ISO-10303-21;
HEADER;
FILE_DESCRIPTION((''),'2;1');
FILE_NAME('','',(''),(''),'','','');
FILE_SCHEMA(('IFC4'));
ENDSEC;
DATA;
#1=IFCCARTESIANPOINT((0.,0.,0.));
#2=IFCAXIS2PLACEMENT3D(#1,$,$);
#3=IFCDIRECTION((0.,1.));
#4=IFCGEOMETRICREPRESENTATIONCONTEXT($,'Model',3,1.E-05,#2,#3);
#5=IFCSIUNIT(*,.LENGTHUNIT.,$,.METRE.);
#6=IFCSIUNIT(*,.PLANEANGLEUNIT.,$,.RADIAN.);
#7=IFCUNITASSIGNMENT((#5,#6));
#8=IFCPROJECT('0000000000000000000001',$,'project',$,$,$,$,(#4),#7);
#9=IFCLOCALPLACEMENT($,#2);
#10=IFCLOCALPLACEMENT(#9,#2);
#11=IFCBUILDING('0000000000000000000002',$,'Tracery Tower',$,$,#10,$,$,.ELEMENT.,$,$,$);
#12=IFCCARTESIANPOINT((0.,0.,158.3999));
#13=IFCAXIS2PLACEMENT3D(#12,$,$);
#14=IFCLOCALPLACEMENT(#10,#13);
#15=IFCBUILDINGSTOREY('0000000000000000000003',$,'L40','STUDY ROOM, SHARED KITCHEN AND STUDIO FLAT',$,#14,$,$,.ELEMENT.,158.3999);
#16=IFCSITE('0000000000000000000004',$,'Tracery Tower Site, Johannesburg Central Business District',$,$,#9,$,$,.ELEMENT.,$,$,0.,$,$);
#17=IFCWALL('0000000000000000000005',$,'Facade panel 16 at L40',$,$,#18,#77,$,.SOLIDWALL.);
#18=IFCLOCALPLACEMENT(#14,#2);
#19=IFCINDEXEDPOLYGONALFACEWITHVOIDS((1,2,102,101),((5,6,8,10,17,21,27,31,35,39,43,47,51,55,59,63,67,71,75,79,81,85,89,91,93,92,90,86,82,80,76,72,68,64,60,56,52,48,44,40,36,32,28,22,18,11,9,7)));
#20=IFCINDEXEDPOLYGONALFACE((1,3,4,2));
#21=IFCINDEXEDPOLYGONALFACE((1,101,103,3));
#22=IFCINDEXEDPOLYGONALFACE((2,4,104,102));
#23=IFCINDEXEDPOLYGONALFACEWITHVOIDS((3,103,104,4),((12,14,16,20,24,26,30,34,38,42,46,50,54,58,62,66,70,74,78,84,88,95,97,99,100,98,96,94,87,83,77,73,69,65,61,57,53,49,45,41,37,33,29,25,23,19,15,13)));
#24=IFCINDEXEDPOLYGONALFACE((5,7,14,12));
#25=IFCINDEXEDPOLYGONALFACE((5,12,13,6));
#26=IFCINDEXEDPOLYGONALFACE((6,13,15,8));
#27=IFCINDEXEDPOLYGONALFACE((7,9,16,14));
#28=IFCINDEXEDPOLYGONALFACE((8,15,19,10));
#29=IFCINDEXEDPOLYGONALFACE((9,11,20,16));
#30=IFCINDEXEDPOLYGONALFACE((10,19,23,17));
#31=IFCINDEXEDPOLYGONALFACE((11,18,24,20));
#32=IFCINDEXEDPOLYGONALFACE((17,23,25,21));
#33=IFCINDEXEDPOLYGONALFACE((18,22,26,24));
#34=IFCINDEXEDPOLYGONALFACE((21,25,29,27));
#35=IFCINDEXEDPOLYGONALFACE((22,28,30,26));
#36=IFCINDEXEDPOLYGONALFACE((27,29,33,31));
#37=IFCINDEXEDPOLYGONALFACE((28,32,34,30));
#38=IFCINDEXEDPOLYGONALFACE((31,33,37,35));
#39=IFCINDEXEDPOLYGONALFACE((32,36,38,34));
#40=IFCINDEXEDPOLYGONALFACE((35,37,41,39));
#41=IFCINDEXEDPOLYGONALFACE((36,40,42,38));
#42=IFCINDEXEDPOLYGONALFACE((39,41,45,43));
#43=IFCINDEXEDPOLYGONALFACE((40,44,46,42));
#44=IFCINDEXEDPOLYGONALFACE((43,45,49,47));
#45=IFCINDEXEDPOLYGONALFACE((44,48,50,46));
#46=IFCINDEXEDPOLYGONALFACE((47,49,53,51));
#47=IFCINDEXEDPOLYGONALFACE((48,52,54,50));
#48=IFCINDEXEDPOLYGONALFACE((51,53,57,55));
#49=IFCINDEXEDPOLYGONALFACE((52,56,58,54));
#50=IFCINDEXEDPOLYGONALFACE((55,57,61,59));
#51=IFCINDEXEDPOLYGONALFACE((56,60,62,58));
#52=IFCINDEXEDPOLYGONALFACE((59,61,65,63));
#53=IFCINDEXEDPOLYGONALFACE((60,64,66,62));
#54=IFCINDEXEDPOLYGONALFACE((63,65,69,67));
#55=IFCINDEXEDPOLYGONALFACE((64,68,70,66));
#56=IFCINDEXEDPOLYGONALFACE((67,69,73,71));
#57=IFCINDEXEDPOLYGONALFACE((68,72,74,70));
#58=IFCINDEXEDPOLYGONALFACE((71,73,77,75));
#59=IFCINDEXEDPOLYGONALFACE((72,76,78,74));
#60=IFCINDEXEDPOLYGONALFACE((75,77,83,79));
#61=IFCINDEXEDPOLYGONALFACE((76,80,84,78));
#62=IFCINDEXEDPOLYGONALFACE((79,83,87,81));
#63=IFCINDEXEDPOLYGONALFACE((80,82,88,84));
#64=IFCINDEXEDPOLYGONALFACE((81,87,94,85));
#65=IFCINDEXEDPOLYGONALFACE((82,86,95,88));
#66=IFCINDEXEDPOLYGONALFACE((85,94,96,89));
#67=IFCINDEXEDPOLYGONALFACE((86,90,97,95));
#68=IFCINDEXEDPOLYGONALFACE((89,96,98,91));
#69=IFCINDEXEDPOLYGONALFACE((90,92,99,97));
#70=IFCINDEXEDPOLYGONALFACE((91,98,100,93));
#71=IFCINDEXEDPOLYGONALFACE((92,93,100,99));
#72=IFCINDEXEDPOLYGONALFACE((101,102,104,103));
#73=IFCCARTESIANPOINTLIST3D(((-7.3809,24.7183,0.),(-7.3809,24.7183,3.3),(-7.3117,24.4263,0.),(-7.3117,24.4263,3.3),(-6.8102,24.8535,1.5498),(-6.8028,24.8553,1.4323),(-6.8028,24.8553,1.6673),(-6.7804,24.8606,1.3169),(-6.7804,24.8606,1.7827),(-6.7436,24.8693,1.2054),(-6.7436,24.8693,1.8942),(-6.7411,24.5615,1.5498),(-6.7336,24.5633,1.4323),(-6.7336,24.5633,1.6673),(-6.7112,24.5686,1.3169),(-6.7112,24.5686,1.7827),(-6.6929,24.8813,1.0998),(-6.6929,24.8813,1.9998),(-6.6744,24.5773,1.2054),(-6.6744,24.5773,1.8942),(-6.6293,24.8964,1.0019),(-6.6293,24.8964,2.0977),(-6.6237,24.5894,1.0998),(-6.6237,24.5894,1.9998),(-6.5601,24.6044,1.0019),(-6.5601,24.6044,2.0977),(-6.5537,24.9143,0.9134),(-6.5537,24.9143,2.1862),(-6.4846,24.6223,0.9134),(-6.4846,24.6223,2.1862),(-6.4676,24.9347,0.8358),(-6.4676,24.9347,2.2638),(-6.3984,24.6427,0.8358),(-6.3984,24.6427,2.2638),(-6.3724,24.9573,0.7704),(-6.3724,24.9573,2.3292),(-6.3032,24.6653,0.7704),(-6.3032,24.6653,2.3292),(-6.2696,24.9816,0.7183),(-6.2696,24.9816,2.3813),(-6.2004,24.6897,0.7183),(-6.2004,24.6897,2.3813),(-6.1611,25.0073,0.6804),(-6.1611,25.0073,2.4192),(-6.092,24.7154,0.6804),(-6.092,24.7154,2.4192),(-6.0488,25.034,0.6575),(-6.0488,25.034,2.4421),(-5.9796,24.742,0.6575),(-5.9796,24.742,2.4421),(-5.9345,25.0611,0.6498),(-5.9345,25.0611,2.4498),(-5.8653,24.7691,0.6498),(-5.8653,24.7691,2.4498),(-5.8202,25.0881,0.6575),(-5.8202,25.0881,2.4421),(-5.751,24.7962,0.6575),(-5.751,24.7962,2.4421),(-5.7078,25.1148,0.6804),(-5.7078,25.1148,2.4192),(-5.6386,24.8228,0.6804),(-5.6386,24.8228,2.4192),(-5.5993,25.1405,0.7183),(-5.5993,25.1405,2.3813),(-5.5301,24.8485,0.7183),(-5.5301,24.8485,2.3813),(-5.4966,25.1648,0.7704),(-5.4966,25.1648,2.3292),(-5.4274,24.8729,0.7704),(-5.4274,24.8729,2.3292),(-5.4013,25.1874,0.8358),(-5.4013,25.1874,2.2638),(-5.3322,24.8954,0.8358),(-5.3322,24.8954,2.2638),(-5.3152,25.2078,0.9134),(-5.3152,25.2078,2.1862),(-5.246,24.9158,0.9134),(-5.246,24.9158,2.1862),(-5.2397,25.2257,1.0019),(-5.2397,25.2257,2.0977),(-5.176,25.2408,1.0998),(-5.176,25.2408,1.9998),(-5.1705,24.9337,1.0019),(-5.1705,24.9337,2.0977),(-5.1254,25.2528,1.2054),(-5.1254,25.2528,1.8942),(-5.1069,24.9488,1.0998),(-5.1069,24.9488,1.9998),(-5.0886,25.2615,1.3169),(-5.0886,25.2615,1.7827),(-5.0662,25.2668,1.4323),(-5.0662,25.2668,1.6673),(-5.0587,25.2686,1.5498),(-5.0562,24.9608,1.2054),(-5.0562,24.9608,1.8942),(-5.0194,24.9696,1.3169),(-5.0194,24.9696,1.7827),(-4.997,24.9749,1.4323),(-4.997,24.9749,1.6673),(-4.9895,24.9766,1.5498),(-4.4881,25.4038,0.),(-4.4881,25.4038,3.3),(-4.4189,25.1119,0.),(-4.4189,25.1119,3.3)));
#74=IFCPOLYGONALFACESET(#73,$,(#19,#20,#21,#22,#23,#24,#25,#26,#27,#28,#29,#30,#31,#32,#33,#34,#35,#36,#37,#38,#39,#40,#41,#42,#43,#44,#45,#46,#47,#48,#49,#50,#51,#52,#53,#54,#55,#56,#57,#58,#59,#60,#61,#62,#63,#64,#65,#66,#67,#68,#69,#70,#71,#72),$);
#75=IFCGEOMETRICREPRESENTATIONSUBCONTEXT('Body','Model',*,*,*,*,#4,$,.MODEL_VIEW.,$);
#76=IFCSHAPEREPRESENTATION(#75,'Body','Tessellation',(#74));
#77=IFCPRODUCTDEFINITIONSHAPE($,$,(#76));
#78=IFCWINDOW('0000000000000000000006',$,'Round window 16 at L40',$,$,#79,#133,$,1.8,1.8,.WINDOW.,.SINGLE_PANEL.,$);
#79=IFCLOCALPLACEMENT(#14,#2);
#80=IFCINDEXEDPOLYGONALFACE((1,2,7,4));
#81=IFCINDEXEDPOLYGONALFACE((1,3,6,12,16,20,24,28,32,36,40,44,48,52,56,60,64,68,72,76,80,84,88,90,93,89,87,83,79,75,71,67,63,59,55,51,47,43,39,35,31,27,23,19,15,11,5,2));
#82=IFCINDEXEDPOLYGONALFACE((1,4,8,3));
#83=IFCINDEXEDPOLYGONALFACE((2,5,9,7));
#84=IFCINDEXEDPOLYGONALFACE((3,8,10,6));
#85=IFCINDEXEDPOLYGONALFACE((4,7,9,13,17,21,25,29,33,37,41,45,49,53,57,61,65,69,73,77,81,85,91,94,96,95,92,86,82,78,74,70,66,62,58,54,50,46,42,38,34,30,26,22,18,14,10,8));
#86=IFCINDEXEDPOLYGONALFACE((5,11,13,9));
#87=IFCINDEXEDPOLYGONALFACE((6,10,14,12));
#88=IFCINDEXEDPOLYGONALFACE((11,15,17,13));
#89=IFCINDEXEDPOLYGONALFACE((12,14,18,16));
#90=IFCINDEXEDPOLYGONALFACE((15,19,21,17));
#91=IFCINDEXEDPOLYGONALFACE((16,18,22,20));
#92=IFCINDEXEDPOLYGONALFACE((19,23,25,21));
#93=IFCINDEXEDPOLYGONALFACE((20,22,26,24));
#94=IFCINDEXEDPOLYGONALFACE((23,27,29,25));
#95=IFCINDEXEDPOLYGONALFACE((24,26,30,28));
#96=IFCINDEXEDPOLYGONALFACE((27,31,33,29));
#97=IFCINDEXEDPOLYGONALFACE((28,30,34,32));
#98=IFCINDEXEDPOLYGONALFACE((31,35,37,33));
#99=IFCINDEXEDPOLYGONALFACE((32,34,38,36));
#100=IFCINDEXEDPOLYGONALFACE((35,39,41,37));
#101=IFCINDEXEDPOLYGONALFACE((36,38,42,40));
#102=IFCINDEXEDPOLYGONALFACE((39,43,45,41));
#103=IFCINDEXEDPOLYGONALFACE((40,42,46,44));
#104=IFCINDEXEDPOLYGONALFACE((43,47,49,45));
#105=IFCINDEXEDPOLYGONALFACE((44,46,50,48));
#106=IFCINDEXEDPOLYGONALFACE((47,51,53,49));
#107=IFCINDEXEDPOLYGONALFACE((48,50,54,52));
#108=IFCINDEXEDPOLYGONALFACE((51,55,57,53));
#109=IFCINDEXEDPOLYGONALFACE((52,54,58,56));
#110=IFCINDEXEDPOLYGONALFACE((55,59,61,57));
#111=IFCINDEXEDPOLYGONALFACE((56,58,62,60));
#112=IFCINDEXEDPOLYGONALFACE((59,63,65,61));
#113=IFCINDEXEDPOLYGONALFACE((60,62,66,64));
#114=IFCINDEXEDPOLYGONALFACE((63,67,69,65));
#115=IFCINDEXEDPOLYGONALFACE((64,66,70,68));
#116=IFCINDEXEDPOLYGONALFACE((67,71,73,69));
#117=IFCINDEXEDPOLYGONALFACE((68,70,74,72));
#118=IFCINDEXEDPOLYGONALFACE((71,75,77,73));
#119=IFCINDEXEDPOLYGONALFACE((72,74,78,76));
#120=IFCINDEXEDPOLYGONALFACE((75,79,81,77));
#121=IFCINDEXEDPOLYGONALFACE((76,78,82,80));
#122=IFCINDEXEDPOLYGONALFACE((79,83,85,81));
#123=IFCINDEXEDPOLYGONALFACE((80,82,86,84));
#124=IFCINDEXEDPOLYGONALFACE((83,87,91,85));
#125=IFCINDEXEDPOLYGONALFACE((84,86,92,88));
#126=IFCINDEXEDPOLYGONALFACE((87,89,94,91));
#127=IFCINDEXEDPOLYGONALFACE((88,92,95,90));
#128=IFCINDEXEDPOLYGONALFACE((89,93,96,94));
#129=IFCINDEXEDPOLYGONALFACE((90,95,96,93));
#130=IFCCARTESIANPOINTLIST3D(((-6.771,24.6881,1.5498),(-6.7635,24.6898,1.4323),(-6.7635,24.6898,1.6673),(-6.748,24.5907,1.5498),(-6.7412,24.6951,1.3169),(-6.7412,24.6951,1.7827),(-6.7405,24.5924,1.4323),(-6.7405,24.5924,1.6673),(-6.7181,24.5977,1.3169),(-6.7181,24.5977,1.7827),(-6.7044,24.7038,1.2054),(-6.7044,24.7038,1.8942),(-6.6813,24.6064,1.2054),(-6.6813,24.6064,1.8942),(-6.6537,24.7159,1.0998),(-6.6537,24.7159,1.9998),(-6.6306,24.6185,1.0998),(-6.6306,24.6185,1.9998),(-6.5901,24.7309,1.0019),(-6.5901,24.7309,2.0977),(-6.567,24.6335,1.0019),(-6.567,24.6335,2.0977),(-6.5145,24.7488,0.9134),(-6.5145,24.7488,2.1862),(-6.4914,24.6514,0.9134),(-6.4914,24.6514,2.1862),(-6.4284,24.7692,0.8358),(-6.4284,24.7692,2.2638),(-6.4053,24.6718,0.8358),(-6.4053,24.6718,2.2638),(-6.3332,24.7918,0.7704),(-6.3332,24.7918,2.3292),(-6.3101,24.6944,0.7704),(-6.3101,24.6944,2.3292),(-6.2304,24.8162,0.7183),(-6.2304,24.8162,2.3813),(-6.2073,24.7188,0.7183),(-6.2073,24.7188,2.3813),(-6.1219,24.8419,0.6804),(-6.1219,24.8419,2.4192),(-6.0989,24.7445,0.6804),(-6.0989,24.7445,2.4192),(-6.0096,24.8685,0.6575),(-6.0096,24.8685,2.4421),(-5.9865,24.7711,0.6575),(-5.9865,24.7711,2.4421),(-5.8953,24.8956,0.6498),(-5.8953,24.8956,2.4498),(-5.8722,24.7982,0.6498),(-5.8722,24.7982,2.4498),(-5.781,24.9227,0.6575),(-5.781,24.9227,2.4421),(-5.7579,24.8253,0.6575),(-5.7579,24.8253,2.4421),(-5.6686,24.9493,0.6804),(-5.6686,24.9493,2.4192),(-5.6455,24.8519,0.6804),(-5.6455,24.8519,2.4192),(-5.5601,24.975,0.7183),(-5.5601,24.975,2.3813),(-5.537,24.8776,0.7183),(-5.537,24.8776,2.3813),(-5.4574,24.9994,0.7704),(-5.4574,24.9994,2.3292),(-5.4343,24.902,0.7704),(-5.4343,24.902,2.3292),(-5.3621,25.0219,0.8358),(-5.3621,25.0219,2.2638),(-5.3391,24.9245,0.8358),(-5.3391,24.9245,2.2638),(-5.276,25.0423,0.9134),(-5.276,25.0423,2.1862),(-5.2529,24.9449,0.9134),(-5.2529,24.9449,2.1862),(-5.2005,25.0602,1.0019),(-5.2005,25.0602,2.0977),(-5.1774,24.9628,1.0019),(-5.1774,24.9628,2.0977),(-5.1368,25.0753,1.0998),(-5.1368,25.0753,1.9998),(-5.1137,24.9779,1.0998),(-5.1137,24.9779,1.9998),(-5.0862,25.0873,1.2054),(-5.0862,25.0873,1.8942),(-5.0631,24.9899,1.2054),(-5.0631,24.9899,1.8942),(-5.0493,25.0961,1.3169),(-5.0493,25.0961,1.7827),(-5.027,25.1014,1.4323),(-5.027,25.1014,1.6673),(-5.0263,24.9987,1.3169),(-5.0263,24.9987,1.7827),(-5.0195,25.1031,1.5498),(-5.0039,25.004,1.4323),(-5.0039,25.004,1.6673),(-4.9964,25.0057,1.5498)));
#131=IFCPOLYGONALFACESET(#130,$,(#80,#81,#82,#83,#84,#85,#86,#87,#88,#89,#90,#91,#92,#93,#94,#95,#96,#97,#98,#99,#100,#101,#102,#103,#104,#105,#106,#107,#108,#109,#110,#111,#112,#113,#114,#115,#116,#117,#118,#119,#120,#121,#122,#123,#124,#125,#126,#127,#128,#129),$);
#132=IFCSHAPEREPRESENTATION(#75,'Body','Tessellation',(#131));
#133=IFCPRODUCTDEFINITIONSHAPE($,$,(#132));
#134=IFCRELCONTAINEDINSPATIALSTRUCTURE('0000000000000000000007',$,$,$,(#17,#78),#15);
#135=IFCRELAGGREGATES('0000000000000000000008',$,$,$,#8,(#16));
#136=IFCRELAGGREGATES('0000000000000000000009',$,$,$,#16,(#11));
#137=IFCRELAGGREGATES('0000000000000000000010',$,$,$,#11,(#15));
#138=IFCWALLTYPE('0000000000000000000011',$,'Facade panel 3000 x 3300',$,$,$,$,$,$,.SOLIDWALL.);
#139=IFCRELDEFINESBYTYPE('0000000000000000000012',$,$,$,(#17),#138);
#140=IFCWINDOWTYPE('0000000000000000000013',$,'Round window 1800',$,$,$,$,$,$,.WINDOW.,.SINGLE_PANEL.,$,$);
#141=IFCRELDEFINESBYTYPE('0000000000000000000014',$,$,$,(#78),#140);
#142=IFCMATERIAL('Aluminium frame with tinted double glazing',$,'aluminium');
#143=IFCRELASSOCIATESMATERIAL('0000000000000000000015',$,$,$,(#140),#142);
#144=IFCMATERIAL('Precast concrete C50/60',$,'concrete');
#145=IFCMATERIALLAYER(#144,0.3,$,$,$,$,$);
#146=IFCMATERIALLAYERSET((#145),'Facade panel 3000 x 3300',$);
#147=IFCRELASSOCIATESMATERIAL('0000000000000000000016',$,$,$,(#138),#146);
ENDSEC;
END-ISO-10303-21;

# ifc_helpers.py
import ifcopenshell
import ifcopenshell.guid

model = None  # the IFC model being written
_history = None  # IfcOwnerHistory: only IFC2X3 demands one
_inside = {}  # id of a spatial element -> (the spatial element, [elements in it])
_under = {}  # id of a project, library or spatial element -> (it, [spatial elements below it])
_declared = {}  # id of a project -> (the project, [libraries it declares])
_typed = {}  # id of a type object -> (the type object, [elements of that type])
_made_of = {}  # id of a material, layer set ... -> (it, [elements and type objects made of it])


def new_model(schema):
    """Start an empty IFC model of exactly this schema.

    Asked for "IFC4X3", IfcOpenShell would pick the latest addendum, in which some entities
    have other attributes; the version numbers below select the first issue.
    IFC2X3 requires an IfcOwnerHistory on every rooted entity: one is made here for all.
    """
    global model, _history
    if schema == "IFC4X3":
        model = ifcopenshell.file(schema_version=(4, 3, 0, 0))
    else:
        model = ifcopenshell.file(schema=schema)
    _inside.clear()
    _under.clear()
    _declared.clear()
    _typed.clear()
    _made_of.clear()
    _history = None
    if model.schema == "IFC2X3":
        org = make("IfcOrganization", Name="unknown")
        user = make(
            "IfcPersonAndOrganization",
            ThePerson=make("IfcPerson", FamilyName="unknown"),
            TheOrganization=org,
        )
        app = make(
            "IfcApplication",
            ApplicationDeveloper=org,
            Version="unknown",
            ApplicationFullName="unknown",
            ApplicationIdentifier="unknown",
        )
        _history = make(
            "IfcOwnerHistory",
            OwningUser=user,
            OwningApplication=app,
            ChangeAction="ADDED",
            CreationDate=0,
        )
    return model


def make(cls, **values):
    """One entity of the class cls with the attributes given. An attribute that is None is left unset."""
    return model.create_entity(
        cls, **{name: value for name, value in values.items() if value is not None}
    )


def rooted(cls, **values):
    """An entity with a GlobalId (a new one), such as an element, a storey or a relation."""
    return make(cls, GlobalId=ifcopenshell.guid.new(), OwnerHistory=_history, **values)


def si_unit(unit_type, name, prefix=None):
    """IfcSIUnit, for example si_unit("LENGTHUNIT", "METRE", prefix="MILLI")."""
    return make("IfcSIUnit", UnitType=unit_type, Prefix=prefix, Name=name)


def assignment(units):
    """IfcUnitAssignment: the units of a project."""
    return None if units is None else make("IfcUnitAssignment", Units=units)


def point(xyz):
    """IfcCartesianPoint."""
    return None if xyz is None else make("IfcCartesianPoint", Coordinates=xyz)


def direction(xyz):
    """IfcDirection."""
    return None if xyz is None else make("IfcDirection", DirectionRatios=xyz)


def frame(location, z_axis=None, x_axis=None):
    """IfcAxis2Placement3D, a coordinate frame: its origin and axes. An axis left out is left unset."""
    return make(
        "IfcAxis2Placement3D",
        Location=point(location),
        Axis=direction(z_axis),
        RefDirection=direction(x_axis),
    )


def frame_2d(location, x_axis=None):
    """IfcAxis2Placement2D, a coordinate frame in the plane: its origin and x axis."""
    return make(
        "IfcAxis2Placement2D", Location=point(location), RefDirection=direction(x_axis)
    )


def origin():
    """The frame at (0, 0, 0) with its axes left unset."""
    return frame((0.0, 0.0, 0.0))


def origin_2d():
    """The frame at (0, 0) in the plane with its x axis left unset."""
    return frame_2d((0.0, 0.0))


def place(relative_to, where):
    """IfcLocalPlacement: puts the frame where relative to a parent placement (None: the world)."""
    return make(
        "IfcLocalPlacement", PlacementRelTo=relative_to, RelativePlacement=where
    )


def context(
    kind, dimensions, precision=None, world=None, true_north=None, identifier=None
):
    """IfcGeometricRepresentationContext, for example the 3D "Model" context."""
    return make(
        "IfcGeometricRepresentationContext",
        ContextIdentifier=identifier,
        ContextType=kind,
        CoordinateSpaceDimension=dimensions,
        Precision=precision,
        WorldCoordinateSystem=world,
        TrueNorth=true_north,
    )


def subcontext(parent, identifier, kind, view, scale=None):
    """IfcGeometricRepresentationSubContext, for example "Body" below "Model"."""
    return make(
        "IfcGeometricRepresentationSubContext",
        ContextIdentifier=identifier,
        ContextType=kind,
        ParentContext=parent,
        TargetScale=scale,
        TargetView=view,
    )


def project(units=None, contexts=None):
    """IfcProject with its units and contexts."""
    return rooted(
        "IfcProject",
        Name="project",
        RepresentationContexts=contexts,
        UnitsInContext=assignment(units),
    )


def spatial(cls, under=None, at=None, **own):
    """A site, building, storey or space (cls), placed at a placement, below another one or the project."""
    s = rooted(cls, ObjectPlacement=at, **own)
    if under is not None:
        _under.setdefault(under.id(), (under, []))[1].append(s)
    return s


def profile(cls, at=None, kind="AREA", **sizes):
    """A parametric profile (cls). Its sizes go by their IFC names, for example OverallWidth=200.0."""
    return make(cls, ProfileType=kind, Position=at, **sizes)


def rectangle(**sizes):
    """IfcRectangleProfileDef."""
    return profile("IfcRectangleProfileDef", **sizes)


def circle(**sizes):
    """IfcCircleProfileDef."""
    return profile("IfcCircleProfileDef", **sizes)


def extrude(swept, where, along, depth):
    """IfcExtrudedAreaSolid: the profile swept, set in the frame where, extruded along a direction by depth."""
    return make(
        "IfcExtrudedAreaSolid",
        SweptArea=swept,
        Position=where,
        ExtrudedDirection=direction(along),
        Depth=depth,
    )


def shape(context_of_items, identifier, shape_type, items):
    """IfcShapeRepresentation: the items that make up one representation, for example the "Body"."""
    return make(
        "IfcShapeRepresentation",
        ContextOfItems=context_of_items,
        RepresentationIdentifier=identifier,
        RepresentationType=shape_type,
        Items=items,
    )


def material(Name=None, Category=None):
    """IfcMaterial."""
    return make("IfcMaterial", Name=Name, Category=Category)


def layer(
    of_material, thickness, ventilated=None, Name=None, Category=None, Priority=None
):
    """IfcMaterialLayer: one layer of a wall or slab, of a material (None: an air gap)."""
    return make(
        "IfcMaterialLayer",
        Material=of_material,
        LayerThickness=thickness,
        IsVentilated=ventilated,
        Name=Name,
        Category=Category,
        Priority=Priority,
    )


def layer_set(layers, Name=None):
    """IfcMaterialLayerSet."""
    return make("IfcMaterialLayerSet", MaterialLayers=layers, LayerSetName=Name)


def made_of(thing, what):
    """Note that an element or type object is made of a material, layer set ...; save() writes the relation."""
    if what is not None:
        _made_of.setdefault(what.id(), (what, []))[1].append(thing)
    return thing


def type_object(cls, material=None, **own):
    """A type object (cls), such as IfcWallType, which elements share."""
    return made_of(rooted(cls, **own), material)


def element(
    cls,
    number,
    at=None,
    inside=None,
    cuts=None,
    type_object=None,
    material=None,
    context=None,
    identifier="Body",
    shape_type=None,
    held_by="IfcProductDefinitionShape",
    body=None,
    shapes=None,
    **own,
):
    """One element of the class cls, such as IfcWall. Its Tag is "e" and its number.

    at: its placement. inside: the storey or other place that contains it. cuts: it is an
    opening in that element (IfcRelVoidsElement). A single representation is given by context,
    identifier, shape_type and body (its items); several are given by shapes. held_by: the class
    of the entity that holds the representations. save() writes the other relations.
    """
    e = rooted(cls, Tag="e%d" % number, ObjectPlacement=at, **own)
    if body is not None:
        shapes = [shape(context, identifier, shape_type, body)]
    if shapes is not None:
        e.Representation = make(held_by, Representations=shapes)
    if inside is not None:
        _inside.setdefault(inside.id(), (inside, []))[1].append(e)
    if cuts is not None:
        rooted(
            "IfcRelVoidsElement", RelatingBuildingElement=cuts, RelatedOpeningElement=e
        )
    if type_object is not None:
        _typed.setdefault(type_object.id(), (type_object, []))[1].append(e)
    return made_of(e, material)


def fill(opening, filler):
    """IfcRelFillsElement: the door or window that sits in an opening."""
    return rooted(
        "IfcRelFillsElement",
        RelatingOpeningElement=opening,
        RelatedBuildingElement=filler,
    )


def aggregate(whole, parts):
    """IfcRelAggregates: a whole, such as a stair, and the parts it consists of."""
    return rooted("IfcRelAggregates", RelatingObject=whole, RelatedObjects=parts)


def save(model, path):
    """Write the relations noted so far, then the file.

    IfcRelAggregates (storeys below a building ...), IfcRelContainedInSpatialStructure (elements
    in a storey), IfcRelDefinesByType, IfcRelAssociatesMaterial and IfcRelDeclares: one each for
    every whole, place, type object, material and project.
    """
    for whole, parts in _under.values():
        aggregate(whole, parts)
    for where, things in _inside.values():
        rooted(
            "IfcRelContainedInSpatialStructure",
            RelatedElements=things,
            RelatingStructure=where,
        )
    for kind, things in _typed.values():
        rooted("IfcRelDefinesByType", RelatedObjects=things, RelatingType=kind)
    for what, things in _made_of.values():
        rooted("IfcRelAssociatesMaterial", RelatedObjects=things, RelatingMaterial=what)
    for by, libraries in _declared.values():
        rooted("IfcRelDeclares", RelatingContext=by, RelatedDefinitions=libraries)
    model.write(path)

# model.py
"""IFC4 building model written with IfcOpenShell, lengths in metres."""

from ifc_helpers import new_model, si_unit, direction, frame, frame_2d, origin, origin_2d, place, context, subcontext, project, spatial, rectangle, circle, extrude, material, layer, layer_set, type_object, element, fill, save


model = new_model("IFC4")

# Units and contexts
model_context = context("Model", 3, precision=1e-05, world=origin(), true_north=direction((0.0, 1.0)))
body_context = subcontext(model_context, "Body", "Model", "MODEL_VIEW")
ifc_project = project(units=[si_unit("LENGTHUNIT", "METRE"), si_unit("PLANEANGLEUNIT", "RADIAN")], contexts=[model_context])

# Site, building, storey
site_placement = place(None, origin())
site = spatial("IfcSite", under=ifc_project, at=site_placement, Name="Tracery Tower Site, Johannesburg Central Business District", CompositionType="ELEMENT", RefElevation=0.0)
building_placement = place(site_placement, origin())
building = spatial("IfcBuilding", under=site, at=building_placement, Name="Tracery Tower", CompositionType="ELEMENT")
storey_placement = place(building_placement, frame((0.0, 0.0, 158.3999)))
storey = spatial("IfcBuildingStorey", under=building, at=storey_placement, Name="L40", Description="STUDY ROOM, SHARED KITCHEN AND STUDIO FLAT", CompositionType="ELEMENT", Elevation=158.3999)

# Wall, opening, window
ifc_material_1 = material(Name="Aluminium frame with tinted double glazing", Category="aluminium")
window_type = type_object("IfcWindowType", Name="Round window 1800", PartitioningType="SINGLE_PANEL", PredefinedType="WINDOW", material=ifc_material_1)
ifc_material_2 = material(Name="Precast concrete C50/60", Category="concrete")
ifc_layer_1 = layer(ifc_material_2, 0.3)
ifc_layer_set_1 = layer_set([ifc_layer_1], Name="Facade panel 3000 x 3300")
wall_type_1 = type_object("IfcWallType", Name="Facade panel 3000 x 3300", PredefinedType="SOLIDWALL", material=ifc_layer_set_1)
wall_1_placement = place(storey_placement, frame((-4.4536, 25.2578, 0.0), z_axis=(0.0, 0.0, 1.0), x_axis=(-0.97305, -0.230595, 0.0)))
wall_1 = element("IfcWall", 1, at=wall_1_placement, inside=storey, type_object=wall_type_1, Name="Facade panel 16 at L40", PredefinedType="SOLIDWALL", context=body_context, shape_type="SweptSolid", body=[
    extrude(rectangle(XDim=2.9729, YDim=0.3, at=frame_2d((1.4863, 0.0))), origin(), (0.0, 0.0, 1.0), 3.3),
])
opening_1_placement = place(wall_1_placement, frame((1.4863, 0.0, 1.5498)))
opening_1 = element("IfcOpeningElement", 2, at=opening_1_placement, cuts=wall_1, PredefinedType="OPENING", context=body_context, shape_type="SweptSolid", body=[
    extrude(circle(Radius=0.9, at=origin_2d()), frame((0.0, 0.1599, 0.0), z_axis=(0.0, -1.0, 0.0), x_axis=(1.0, 0.0, 0.0)), (0.0, 0.0, 1.0), 0.3201),
])
window_1_placement = place(opening_1_placement, origin())
window_1 = element("IfcWindow", 3, at=window_1_placement, inside=storey, type_object=window_type, Name="Round window 16 at L40", OverallHeight=1.8, OverallWidth=1.8, PartitioningType="SINGLE_PANEL", PredefinedType="WINDOW", context=body_context, shape_type="SweptSolid", body=[
    extrude(circle(Radius=0.9, at=origin_2d()), frame((0.0, 0.1201, 0.0), z_axis=(0.0, -1.0, 0.0), x_axis=(1.0, 0.0, 0.0)), (0.0, 0.0, 1.0), 0.1001),
])
fill(opening_1, window_1)

save(model, "model.ifc")
